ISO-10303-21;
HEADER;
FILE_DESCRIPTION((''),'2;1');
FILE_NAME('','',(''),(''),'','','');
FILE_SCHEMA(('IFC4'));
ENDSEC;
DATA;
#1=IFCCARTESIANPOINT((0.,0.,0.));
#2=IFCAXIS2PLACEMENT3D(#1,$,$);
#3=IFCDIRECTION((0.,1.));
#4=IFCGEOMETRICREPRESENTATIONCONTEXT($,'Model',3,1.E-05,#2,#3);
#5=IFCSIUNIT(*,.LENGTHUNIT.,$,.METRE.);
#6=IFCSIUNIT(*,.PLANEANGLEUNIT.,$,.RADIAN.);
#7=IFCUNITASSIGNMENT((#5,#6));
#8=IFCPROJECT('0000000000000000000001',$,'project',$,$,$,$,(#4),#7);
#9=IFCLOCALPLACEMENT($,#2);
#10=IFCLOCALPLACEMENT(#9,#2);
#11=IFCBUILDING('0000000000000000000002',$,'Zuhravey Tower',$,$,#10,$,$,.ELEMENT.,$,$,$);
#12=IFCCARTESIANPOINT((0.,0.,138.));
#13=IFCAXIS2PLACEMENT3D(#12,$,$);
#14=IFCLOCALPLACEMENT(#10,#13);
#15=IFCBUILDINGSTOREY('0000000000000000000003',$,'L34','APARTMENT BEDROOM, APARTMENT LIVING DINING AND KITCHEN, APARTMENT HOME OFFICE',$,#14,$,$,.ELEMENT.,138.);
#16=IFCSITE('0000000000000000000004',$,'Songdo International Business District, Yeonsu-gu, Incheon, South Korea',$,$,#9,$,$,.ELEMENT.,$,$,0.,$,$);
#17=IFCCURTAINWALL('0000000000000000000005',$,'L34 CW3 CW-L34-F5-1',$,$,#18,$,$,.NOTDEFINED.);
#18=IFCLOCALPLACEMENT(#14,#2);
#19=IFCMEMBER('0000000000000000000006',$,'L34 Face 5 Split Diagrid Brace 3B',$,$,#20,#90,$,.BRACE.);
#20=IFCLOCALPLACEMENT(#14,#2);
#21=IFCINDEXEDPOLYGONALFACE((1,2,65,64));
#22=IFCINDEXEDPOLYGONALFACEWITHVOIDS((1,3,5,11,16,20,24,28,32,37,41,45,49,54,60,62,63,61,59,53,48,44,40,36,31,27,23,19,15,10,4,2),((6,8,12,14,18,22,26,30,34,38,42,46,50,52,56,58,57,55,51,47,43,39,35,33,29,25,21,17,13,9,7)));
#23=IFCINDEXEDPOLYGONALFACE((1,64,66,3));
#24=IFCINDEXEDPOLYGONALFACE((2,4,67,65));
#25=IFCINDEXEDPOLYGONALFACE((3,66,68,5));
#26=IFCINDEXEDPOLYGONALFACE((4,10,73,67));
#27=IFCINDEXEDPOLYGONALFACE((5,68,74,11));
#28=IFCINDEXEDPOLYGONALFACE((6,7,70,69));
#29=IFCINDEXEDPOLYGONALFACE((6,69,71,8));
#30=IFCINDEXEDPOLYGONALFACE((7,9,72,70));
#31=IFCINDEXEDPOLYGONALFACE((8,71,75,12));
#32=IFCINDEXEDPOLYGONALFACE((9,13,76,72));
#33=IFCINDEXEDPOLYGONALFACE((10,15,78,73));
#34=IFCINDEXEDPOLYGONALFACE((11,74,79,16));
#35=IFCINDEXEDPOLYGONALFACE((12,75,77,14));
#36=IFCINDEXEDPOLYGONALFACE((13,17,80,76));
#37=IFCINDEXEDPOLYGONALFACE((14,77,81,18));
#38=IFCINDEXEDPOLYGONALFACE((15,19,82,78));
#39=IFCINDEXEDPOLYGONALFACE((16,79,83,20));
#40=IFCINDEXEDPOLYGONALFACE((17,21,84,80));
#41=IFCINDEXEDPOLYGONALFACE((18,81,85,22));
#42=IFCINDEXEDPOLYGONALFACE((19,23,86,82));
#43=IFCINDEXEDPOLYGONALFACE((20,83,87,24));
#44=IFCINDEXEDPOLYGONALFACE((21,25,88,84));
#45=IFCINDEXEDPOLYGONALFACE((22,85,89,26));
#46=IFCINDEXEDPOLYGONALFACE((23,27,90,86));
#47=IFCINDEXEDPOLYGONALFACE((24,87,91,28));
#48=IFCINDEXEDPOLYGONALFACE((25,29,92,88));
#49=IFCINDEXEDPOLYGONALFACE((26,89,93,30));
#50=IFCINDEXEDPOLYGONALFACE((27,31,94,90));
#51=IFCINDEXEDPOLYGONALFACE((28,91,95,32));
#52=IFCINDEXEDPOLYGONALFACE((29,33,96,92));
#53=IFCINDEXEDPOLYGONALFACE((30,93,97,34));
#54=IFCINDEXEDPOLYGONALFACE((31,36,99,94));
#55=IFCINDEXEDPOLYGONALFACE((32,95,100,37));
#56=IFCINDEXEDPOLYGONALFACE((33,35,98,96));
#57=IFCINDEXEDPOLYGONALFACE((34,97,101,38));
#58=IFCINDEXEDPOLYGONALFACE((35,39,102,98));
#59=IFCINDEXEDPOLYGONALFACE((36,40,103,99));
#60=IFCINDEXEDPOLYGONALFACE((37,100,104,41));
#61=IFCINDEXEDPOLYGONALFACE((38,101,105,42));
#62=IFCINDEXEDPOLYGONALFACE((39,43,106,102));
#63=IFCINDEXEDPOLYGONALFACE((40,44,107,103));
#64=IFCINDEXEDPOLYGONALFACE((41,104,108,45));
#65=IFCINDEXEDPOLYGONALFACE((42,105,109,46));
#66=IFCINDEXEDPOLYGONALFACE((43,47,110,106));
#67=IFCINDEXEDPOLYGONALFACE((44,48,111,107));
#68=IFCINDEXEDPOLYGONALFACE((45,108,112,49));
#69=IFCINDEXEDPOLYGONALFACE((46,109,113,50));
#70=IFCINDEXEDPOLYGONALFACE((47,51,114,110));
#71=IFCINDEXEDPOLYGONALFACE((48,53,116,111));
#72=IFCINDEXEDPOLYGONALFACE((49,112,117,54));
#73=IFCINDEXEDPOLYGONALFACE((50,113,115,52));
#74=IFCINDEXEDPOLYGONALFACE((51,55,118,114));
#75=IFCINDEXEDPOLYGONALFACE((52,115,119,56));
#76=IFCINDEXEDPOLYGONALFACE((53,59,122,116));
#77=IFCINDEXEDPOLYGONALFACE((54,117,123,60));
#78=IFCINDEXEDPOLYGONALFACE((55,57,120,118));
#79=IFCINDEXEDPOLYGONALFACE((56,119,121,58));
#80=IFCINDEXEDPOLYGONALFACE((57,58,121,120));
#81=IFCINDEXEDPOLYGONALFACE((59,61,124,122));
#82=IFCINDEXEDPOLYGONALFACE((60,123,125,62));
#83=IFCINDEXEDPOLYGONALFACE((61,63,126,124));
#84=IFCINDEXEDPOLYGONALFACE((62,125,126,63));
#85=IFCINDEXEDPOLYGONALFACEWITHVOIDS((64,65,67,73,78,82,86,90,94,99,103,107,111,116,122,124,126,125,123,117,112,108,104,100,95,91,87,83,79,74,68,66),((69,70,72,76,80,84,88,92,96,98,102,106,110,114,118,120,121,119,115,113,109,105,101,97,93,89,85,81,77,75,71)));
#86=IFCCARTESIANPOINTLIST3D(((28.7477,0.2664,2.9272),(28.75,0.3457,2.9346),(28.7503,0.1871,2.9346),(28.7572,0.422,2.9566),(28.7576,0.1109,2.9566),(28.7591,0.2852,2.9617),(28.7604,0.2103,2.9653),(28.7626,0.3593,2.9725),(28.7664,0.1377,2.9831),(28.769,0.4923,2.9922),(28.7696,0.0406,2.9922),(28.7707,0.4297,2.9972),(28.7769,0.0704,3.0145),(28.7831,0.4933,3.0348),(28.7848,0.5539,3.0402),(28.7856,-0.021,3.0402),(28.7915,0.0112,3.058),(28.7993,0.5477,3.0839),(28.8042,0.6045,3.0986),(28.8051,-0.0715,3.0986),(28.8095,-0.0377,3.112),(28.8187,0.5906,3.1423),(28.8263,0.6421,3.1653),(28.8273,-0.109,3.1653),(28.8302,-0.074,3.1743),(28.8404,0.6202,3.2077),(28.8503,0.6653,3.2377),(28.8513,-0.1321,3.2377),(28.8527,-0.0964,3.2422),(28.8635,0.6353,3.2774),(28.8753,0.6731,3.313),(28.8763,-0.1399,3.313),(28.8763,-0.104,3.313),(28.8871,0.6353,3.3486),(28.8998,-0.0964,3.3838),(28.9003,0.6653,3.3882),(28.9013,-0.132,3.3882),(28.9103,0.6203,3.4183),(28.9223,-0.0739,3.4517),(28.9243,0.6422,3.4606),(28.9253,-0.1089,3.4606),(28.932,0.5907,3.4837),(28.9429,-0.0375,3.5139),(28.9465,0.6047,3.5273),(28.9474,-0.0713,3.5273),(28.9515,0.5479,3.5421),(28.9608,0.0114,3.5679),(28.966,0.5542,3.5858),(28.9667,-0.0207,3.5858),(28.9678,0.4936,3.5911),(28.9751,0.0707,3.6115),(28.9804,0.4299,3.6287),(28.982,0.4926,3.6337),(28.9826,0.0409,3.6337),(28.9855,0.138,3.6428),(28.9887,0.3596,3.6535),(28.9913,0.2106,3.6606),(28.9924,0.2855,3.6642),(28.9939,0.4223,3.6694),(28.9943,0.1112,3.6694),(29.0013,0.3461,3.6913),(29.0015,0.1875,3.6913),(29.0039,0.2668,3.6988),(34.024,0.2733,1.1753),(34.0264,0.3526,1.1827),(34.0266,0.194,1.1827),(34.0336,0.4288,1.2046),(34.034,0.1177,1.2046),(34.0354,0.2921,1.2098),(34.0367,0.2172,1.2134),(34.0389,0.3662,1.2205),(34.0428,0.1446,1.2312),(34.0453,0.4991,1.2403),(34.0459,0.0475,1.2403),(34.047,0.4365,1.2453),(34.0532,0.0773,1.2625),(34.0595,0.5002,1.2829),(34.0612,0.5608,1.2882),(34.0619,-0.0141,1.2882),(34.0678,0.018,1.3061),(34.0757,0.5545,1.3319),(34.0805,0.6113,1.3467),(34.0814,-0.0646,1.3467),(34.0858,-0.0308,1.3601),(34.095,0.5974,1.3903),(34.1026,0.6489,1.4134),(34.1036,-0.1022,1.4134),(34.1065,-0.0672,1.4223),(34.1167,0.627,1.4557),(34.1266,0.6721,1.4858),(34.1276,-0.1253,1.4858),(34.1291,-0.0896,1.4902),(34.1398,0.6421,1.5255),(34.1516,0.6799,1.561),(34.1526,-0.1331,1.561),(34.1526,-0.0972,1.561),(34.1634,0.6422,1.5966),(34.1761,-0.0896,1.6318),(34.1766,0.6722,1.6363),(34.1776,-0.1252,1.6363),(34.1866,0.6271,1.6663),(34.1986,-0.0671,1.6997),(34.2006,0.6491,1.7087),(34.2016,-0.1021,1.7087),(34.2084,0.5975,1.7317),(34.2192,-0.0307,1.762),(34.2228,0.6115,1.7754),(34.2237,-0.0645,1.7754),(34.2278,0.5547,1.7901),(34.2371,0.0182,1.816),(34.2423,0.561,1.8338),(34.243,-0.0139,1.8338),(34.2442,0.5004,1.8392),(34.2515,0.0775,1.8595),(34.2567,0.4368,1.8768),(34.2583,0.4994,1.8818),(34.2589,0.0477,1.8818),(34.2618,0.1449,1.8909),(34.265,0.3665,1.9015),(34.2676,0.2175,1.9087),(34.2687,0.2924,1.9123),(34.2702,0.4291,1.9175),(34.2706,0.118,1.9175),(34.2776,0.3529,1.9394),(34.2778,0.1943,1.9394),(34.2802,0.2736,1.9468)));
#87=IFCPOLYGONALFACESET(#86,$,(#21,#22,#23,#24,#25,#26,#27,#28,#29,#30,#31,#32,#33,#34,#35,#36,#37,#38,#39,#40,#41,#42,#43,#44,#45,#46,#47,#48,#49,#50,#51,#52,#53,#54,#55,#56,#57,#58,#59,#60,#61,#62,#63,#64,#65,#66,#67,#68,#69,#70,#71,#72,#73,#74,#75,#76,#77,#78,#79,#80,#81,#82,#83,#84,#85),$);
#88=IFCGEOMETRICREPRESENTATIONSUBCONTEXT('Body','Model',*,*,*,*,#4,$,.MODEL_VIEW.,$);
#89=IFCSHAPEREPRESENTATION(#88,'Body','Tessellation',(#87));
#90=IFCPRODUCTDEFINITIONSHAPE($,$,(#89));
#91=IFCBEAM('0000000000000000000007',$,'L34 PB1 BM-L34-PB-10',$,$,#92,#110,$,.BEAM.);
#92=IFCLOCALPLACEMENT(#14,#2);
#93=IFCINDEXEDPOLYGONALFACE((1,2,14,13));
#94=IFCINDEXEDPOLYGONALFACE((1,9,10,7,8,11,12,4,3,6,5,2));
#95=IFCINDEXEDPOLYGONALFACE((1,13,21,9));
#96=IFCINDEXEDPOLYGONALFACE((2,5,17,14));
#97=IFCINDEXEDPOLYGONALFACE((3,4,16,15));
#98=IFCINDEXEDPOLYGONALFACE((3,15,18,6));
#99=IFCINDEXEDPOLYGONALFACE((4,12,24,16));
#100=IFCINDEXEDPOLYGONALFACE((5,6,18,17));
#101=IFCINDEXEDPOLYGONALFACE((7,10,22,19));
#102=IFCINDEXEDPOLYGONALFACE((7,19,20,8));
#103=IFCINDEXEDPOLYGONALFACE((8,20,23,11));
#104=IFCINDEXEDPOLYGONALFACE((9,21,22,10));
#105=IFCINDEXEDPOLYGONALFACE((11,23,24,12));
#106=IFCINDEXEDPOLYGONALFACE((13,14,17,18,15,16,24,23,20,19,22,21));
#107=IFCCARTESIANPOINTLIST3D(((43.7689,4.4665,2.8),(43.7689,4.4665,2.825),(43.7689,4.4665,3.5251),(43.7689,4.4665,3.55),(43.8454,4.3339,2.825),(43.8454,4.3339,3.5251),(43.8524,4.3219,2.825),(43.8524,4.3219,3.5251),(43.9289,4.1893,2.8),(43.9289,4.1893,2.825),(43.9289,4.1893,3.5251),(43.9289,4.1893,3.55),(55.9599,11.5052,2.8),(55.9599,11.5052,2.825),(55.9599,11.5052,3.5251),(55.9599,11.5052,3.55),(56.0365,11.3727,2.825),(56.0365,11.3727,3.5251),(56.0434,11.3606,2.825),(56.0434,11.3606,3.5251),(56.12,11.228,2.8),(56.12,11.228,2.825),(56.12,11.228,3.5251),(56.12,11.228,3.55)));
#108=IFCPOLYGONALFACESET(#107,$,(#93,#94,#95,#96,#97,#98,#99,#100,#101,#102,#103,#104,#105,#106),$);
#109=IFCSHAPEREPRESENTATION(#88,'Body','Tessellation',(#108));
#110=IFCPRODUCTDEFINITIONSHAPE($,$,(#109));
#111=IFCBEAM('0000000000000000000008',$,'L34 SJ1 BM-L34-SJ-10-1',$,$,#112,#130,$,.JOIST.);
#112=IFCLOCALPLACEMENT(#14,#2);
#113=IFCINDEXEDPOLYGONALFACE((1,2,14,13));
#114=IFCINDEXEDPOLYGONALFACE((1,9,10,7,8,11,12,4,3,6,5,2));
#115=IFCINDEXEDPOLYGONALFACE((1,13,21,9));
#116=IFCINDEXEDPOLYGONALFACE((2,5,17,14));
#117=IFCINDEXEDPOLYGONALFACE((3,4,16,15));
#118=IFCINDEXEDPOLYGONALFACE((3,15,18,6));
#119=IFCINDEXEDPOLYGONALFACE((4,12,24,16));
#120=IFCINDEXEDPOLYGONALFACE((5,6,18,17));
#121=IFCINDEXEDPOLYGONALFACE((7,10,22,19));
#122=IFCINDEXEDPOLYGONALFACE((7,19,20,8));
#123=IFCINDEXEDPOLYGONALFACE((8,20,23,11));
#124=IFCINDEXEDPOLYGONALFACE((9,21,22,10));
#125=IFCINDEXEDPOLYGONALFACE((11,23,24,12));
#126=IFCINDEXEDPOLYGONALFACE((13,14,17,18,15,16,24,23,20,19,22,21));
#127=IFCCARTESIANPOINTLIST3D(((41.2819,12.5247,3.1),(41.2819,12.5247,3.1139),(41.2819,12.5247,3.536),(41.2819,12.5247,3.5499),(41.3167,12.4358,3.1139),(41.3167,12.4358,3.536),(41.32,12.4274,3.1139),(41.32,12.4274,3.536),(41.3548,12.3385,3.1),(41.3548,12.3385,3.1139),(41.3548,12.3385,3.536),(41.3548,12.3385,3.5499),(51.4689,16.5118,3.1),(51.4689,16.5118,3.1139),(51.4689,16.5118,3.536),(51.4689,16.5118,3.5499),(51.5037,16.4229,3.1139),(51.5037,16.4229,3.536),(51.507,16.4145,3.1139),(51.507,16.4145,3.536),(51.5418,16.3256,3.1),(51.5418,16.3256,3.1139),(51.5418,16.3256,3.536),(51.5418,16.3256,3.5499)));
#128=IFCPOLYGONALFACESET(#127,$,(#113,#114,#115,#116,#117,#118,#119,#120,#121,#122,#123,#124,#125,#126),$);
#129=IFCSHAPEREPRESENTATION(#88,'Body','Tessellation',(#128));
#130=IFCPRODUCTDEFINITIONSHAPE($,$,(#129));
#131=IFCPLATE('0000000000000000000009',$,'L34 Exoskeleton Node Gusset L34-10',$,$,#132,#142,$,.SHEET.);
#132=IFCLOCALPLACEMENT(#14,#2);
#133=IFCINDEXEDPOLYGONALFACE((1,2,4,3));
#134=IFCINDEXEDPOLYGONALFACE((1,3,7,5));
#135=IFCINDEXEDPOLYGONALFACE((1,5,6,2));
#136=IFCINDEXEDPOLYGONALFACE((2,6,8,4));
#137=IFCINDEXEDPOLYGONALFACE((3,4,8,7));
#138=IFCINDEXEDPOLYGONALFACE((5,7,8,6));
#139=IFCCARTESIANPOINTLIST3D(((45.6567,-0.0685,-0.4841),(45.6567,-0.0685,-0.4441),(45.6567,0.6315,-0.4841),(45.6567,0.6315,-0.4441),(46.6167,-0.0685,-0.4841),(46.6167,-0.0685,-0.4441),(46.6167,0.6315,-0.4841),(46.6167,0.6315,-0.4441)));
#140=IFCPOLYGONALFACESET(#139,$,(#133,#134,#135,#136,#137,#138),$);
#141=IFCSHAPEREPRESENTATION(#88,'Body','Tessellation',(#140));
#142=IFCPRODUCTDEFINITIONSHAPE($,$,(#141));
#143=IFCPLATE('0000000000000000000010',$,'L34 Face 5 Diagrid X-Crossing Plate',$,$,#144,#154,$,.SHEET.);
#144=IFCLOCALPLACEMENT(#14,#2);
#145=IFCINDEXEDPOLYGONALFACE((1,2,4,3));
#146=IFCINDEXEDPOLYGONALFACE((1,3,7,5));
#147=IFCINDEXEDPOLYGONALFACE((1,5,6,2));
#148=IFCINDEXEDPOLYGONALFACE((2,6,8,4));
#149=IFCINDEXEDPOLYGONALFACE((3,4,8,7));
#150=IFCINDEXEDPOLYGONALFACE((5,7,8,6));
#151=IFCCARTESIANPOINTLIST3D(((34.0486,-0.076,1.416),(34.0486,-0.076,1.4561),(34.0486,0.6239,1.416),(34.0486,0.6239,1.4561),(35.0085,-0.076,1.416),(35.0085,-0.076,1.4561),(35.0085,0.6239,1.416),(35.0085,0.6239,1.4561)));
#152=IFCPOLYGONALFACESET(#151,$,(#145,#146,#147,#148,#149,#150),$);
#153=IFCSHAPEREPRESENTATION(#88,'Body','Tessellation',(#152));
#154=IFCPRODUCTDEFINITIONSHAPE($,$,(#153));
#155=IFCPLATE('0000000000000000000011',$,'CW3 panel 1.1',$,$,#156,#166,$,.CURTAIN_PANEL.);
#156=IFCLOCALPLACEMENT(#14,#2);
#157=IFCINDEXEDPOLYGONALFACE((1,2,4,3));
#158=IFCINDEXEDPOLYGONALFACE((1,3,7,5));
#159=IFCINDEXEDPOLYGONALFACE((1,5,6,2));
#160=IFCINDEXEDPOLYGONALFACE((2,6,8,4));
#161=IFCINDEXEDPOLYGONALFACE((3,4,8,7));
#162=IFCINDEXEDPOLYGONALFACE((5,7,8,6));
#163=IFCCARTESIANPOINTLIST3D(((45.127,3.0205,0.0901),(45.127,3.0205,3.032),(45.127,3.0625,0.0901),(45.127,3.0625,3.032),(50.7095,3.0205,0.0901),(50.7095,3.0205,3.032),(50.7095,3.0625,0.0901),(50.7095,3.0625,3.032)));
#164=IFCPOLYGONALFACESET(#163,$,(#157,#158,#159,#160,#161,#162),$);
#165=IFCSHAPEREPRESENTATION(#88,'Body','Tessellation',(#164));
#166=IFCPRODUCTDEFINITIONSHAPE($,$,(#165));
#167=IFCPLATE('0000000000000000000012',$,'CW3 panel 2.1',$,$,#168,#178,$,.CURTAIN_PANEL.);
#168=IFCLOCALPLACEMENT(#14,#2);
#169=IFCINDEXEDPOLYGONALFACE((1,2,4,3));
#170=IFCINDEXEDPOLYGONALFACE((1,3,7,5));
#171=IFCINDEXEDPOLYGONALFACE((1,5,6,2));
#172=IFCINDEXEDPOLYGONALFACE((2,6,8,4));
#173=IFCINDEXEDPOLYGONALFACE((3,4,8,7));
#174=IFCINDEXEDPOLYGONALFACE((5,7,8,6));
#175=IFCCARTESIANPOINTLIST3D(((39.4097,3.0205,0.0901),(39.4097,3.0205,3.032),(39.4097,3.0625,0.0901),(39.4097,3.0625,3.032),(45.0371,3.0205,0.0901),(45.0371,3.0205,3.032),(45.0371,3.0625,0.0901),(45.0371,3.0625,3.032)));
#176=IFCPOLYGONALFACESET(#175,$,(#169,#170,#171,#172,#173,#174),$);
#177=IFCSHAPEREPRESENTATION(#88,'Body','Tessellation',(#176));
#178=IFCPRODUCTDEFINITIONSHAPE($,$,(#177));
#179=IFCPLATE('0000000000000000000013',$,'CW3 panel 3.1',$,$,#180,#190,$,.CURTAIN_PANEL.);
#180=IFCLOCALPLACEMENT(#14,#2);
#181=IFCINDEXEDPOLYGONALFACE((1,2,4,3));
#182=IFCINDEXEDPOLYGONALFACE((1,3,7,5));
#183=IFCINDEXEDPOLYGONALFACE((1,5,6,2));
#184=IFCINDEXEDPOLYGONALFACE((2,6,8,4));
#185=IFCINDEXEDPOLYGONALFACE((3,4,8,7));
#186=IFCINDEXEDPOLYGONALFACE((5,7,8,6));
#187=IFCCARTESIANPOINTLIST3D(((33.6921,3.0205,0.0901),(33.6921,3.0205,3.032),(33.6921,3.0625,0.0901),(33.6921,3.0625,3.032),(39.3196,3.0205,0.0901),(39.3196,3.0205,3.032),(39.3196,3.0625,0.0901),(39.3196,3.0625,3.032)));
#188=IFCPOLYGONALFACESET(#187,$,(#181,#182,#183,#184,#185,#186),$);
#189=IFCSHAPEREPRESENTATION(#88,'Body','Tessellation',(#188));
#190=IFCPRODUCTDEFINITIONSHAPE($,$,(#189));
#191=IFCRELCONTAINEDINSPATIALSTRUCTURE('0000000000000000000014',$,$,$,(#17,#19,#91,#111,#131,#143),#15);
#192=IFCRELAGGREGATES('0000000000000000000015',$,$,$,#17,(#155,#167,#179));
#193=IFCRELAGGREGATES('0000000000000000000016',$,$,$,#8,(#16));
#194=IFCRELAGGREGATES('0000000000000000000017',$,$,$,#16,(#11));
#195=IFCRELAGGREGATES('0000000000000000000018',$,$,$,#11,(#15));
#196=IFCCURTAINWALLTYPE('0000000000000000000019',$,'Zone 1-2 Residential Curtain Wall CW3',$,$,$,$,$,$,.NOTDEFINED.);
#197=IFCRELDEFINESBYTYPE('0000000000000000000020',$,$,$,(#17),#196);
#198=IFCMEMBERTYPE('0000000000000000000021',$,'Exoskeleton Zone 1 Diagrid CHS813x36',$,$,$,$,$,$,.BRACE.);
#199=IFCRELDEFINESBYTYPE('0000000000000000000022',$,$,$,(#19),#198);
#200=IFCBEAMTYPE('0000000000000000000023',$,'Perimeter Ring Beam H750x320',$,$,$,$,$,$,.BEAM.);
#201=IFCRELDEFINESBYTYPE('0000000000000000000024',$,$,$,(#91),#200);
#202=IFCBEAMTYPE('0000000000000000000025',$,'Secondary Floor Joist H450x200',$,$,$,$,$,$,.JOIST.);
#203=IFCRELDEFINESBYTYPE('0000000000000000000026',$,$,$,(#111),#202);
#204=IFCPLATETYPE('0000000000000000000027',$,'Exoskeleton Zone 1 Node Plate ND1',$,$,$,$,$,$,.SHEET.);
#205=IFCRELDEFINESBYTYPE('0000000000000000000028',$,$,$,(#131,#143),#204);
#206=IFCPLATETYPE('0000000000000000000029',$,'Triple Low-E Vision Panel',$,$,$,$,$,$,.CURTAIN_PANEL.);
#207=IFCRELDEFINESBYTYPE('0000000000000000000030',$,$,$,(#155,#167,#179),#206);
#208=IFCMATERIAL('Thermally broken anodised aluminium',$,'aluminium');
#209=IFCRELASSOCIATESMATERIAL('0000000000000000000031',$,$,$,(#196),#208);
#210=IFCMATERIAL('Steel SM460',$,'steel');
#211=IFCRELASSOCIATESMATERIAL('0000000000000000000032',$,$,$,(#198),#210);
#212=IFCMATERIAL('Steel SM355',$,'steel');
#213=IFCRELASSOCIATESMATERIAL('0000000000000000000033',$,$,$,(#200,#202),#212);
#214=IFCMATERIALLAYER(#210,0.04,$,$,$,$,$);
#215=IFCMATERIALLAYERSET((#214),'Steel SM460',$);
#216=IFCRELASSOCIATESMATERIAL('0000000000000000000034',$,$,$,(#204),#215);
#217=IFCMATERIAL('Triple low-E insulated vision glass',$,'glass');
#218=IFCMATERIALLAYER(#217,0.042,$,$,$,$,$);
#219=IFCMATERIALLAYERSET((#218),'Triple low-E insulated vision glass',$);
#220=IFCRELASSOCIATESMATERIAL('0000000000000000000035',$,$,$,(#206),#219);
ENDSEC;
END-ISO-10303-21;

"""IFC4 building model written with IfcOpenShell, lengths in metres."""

from ifc_helpers import new_model, si_unit, direction, frame, origin, origin_2d, place, context, subcontext, project, spatial, rectangle, hollow_circle, i_section, extrude, material, layer, layer_set, material_profile, profile_set, type_object, element, aggregate, save


model = new_model("IFC4")

# Units and contexts
model_context = context("Model", 3, precision=1e-05, world=origin(), true_north=direction((0.0, 1.0)))
body_context = subcontext(model_context, "Body", "Model", "MODEL_VIEW")
ifc_project = project(units=[si_unit("LENGTHUNIT", "METRE"), si_unit("PLANEANGLEUNIT", "RADIAN")], contexts=[model_context])

# Site, building, storey
site_placement = place(None, origin())
site = spatial("IfcSite", under=ifc_project, at=site_placement, Name="Songdo International Business District, Yeonsu-gu, Incheon, South Korea", CompositionType="ELEMENT", RefElevation=0.0)
building_placement = place(site_placement, origin())
building = spatial("IfcBuilding", under=site, at=building_placement, Name="Zuhravey Tower", CompositionType="ELEMENT")
storey_placement = place(building_placement, frame((0.0, 0.0, 138.0)))
storey = spatial("IfcBuildingStorey", under=building, at=storey_placement, Name="L34", Description="APARTMENT BEDROOM, APARTMENT LIVING DINING AND KITCHEN, APARTMENT HOME OFFICE", CompositionType="ELEMENT", Elevation=138.0)

# Curtain wall
ifc_material_1 = material(Name="Thermally broken anodised aluminium", Category="aluminium")
curtain_wall_type = type_object("IfcCurtainWallType", Name="Zone 1-2 Residential Curtain Wall CW3", PredefinedType="NOTDEFINED", material=ifc_material_1)
curtain_wall_placement = place(storey_placement, origin())
curtain_wall = element("IfcCurtainWall", 1, at=curtain_wall_placement, inside=storey, type_object=curtain_wall_type, Name="L34 CW3 CW-L34-F5-1", PredefinedType="NOTDEFINED")

# Shared definitions
ifc_material_2 = material(Name="Steel SM460", Category="steel")

# Member
ifc_material_profile_1 = material_profile(ifc_material_2, hollow_circle(Radius=0.4065, WallThickness=0.0359, at=origin_2d()), Name="CHS-812.8x36")
ifc_profile_set_1 = profile_set([ifc_material_profile_1], Name="Steel SM460")
member_type_1 = type_object("IfcMemberType", Name="Exoskeleton Zone 1 Diagrid CHS813x36", PredefinedType="BRACE", material=ifc_profile_set_1)
member_1_placement = place(storey_placement, frame((34.1521, 0.2734, 1.561), z_axis=(-0.949051, -0.00123, 0.315121), x_axis=(0.001296, -0.999999, 0.0)))
element("IfcMember", 2, at=member_1_placement, inside=storey, type_object=member_type_1, Name="L34 Face 5 Split Diagrid Brace 3B", PredefinedType="BRACE", context=body_context, shape_type="SweptSolid", body=[
    extrude(hollow_circle(Radius=0.4065, WallThickness=0.0359, at=origin_2d()), origin(), (0.0, 0.0, 1.0), 5.5596),
])

# Beams
ifc_material_3 = material(Name="Steel SM355", Category="steel")
ifc_material_profile_2 = material_profile(ifc_material_3, i_section(OverallWidth=0.3201, OverallDepth=0.75, WebThickness=0.0139, FlangeThickness=0.0249, at=origin_2d()), Name="H-750x320x14x25")
ifc_profile_set_2 = profile_set([ifc_material_profile_2], Name="Steel SM355")
beam_type_1 = type_object("IfcBeamType", Name="Perimeter Ring Beam H750x320", PredefinedType="BEAM", material=ifc_profile_set_2)
beam_1_placement = place(storey_placement, frame((43.8489, 4.3279, 3.175), z_axis=(0.866018, 0.500013, 0.0), x_axis=(-0.500013, 0.866018, 0.0)))
element("IfcBeam", 3, at=beam_1_placement, inside=storey, type_object=beam_type_1, Name="L34 PB1 BM-L34-PB-10", PredefinedType="BEAM", context=body_context, shape_type="SweptSolid", body=[
    extrude(i_section(OverallWidth=0.3201, OverallDepth=0.75, WebThickness=0.0139, FlangeThickness=0.0249, at=origin_2d()), origin(), (0.0, 0.0, 1.0), 14.0771),
])
ifc_material_profile_3 = material_profile(ifc_material_3, i_section(OverallWidth=0.2, OverallDepth=0.45, WebThickness=0.009, FlangeThickness=0.0139, at=origin_2d()), Name="H-450x200x9x14")
ifc_profile_set_3 = profile_set([ifc_material_profile_3], Name="Steel SM355")
beam_type_2 = type_object("IfcBeamType", Name="Secondary Floor Joist H450x200", PredefinedType="JOIST", material=ifc_profile_set_3)
beam_2_placement = place(storey_placement, frame((41.3184, 12.4316, 3.325), z_axis=(0.931217, 0.364466, 0.0), x_axis=(-0.364466, 0.931217, 0.0)))
element("IfcBeam", 4, at=beam_2_placement, inside=storey, type_object=beam_type_2, Name="L34 SJ1 BM-L34-SJ-10-1", PredefinedType="JOIST", context=body_context, shape_type="SweptSolid", body=[
    extrude(i_section(OverallWidth=0.2, OverallDepth=0.45, WebThickness=0.009, FlangeThickness=0.0139, at=origin_2d()), origin(), (0.0, 0.0, 1.0), 10.9395),
])

# Plates
ifc_layer_1 = layer(ifc_material_2, 0.04)
ifc_layer_set_1 = layer_set([ifc_layer_1], Name="Steel SM460")
plate_type_1 = type_object("IfcPlateType", Name="Exoskeleton Zone 1 Node Plate ND1", PredefinedType="SHEET", material=ifc_layer_set_1)
for number, where, z_axis, x_axis, name in (
    (5, (46.1367, 0.2815, -0.4841), (0.0, 0.0, 1.0), (1.0, 0.0, 0.0), "L34 Exoskeleton Node Gusset L34-10"),
    (6, (34.5286, 0.2739, 1.416), (0.0, 0.0, 1.0), (1.0, 0.0, 0.0), "L34 Face 5 Diagrid X-Crossing Plate"),
):
    element("IfcPlate", number, at=place(storey_placement, frame(where, z_axis=z_axis, x_axis=x_axis)), inside=storey, type_object=plate_type_1, Name=name, PredefinedType="SHEET", context=body_context, shape_type="SweptSolid", body=[
        extrude(rectangle(XDim=0.96, YDim=0.7, at=origin_2d()), origin(), (0.0, 0.0, 1.0), 0.04),
    ])

# Plates
ifc_material_4 = material(Name="Triple low-E insulated vision glass", Category="glass")
ifc_layer_2 = layer(ifc_material_4, 0.042)
ifc_layer_set_2 = layer_set([ifc_layer_2], Name="Triple low-E insulated vision glass")
plate_type_2 = type_object("IfcPlateType", Name="Triple Low-E Vision Panel", PredefinedType="CURTAIN_PANEL", material=ifc_layer_set_2)
plate_1_placement = place(storey_placement, frame((47.9182, 3.0415, 0.0901), z_axis=(0.0, 0.0, 1.0), x_axis=(-1.0, 0.0, 0.0)))
plate_1 = element("IfcPlate", 7, at=plate_1_placement, type_object=plate_type_2, Name="CW3 panel 1.1", PredefinedType="CURTAIN_PANEL", context=body_context, shape_type="SweptSolid", body=[
    extrude(rectangle(XDim=5.5825, YDim=0.042, at=origin_2d()), origin(), (0.0, 0.0, 1.0), 2.9419),
])
plate_2_placement = place(storey_placement, frame((42.2234, 3.0415, 0.0901), z_axis=(0.0, 0.0, 1.0), x_axis=(-1.0, 0.0, 0.0)))
plate_2 = element("IfcPlate", 8, at=plate_2_placement, type_object=plate_type_2, Name="CW3 panel 2.1", PredefinedType="CURTAIN_PANEL", context=body_context, shape_type="SweptSolid", body=[
    extrude(rectangle(XDim=5.6274, YDim=0.042, at=origin_2d()), origin(), (0.0, 0.0, 1.0), 2.9419),
])
plate_3_placement = place(storey_placement, frame((36.5059, 3.0415, 0.0901), z_axis=(0.0, 0.0, 1.0), x_axis=(-1.0, 0.0, 0.0)))
plate_3 = element("IfcPlate", 9, at=plate_3_placement, type_object=plate_type_2, Name="CW3 panel 3.1", PredefinedType="CURTAIN_PANEL", context=body_context, shape_type="SweptSolid", body=[
    extrude(rectangle(XDim=5.6274, YDim=0.042, at=origin_2d()), origin(), (0.0, 0.0, 1.0), 2.9419),
])
aggregate(curtain_wall, [plate_1, plate_2, plate_3])

save(model, "model.ifc")
